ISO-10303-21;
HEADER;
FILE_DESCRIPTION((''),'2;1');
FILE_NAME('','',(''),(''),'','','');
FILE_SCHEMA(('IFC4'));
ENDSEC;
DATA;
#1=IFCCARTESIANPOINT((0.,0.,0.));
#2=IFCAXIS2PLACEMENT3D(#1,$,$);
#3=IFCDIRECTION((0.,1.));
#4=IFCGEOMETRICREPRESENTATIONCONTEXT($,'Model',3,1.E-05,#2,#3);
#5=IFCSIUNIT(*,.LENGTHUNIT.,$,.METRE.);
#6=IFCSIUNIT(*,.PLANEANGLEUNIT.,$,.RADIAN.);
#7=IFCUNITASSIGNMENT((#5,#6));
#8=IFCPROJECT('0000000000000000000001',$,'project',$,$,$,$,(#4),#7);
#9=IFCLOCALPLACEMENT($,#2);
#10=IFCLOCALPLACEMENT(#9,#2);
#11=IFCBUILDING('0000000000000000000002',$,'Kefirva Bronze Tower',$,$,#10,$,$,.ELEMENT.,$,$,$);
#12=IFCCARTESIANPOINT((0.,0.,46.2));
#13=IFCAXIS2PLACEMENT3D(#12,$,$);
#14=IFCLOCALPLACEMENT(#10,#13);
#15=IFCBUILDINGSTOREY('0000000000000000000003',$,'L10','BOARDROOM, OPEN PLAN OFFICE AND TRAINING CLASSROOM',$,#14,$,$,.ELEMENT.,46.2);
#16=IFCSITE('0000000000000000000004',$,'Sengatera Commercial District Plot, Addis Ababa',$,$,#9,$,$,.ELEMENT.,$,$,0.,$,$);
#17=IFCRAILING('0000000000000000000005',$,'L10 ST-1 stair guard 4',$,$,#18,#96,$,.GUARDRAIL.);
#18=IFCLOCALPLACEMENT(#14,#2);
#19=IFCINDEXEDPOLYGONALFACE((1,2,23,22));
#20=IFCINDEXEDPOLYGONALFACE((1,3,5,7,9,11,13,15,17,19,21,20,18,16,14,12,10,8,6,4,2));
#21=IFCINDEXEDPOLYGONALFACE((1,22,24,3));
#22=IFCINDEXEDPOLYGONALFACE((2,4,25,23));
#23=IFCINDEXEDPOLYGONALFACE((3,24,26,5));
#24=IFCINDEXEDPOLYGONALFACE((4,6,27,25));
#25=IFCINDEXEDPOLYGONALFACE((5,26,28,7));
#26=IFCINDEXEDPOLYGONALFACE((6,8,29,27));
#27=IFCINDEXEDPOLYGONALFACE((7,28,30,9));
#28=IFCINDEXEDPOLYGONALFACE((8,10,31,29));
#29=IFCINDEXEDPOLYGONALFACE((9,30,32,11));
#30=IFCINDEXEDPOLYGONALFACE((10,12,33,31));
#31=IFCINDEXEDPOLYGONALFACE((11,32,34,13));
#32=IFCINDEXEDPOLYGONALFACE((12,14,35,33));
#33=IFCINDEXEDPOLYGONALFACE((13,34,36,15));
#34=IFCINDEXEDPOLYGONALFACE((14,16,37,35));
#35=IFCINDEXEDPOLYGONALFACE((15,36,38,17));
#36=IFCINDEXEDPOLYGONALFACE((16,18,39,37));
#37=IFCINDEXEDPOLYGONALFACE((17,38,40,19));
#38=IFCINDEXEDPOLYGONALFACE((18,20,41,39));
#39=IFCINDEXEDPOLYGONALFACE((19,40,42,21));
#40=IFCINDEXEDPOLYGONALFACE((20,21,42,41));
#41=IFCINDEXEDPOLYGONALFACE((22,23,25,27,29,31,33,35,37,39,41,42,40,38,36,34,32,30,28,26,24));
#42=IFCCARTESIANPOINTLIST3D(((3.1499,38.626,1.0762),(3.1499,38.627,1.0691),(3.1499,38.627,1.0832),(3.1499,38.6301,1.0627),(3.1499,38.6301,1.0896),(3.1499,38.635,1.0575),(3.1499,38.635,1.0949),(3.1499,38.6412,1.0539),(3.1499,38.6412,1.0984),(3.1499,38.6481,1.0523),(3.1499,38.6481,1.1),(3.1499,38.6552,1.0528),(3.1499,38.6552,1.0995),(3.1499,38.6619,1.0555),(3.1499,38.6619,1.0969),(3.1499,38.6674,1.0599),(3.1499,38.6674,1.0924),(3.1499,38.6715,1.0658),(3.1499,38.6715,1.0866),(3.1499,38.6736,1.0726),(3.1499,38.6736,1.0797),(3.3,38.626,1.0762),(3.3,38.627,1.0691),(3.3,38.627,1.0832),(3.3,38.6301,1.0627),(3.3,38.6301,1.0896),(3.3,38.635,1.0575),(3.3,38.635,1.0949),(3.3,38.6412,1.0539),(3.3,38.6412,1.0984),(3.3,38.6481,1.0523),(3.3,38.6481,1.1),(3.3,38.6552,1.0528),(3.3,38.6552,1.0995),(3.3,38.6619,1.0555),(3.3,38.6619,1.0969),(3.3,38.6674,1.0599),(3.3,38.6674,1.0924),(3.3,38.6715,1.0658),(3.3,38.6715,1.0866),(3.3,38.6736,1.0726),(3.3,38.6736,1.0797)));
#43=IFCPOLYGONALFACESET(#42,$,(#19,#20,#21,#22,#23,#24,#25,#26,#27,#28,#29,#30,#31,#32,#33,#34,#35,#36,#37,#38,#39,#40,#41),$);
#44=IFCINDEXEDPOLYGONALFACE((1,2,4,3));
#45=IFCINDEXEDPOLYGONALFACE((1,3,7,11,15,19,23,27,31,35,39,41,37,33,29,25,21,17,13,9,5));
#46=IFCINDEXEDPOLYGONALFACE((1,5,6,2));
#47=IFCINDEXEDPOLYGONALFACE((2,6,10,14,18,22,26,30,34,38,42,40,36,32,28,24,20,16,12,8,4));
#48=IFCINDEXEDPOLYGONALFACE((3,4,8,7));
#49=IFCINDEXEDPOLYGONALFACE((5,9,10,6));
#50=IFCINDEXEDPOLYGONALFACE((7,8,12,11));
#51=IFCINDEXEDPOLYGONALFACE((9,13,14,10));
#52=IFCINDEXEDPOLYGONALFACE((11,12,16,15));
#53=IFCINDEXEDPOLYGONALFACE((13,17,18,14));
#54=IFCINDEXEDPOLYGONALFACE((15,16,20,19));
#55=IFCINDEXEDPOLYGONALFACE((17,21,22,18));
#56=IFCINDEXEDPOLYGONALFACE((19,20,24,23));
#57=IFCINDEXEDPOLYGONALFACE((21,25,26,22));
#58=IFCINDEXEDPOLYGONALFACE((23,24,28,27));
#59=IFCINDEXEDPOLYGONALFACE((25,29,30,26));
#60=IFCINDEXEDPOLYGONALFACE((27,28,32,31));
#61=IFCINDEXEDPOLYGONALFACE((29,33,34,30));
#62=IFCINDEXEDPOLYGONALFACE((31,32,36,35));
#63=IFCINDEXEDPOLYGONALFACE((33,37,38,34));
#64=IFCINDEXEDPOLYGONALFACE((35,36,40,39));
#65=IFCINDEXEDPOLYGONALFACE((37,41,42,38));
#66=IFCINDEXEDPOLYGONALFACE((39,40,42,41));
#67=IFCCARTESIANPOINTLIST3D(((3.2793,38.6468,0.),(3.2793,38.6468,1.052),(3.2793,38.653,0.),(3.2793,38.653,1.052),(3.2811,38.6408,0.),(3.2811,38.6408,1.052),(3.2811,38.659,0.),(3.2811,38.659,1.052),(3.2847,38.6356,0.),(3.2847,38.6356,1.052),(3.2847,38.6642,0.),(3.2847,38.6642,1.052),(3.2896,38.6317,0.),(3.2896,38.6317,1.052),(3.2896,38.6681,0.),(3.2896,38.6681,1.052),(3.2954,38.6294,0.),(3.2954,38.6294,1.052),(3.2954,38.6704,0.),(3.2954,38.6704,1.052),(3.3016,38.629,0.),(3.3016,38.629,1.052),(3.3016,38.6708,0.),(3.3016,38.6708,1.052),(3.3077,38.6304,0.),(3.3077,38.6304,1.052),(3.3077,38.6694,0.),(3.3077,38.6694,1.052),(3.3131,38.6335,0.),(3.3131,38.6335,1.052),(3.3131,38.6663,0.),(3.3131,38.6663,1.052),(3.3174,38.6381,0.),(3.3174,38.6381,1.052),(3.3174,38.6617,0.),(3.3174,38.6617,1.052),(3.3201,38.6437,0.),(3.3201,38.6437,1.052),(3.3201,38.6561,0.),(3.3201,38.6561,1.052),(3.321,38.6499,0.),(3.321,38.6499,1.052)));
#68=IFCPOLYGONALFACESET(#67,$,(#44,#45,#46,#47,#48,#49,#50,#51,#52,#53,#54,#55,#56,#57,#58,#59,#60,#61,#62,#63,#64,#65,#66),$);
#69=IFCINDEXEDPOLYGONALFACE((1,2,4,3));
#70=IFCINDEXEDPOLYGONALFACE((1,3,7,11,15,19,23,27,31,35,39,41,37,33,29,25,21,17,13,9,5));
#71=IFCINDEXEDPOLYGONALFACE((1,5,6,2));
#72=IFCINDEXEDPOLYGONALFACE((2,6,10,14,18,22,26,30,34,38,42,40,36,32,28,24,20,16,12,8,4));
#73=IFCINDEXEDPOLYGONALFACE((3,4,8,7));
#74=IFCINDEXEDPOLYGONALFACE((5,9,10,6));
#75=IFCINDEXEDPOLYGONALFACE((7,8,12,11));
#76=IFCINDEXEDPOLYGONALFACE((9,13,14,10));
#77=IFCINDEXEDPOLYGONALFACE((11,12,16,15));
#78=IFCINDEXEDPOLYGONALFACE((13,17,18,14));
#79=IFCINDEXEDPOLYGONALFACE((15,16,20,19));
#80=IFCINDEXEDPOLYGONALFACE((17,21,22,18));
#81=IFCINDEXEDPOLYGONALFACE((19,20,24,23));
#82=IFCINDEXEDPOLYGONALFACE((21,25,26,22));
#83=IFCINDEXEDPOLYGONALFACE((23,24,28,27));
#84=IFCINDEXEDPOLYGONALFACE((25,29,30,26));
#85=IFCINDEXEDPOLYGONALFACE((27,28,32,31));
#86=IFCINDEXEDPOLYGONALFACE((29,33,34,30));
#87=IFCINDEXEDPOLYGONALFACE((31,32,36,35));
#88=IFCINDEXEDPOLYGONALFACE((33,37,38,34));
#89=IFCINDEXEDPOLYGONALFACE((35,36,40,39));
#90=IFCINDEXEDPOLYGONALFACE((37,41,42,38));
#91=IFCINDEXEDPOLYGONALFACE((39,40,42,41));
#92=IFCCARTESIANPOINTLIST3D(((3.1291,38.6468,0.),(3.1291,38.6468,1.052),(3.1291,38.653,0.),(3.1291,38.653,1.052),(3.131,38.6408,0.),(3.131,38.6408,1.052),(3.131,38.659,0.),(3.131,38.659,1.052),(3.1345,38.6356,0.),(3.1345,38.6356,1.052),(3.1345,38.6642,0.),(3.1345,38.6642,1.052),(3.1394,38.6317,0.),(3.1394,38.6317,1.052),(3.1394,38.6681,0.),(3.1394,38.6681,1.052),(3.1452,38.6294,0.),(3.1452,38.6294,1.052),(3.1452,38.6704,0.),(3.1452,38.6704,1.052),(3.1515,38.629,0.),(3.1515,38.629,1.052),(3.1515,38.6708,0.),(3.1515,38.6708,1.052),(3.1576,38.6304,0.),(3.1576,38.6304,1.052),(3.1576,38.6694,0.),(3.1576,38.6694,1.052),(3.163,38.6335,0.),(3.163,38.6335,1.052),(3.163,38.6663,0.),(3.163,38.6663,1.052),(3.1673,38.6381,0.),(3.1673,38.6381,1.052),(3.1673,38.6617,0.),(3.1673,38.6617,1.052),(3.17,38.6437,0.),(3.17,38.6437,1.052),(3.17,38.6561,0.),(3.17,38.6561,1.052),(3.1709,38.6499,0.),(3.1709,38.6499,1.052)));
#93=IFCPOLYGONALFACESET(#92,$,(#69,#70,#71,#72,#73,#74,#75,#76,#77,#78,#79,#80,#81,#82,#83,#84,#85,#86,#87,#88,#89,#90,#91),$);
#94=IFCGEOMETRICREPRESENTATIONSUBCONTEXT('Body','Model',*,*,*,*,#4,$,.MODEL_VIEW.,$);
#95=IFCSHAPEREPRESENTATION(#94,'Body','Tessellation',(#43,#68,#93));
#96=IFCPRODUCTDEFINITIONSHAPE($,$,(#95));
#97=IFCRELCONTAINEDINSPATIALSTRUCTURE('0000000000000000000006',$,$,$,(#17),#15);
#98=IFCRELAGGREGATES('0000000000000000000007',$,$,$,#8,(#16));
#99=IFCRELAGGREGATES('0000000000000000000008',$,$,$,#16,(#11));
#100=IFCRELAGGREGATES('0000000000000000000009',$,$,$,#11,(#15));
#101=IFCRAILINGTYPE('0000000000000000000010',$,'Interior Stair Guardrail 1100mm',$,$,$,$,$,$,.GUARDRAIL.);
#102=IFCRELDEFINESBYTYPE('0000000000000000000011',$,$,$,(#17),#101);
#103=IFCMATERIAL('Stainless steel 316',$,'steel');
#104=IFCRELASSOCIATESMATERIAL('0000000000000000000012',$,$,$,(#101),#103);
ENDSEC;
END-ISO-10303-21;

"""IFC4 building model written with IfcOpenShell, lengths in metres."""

from ifc_helpers import new_model, si_unit, direction, frame, origin, origin_2d, place, context, subcontext, project, spatial, circle, extrude, material, type_object, element, save


model = new_model("IFC4")

# Units and contexts
model_context = context("Model", 3, precision=1e-05, world=origin(), true_north=direction((0.0, 1.0)))
body_context = subcontext(model_context, "Body", "Model", "MODEL_VIEW")
ifc_project = project(units=[si_unit("LENGTHUNIT", "METRE"), si_unit("PLANEANGLEUNIT", "RADIAN")], contexts=[model_context])

# Site, building, storey
site_placement = place(None, origin())
site = spatial("IfcSite", under=ifc_project, at=site_placement, Name="Sengatera Commercial District Plot, Addis Ababa", CompositionType="ELEMENT", RefElevation=0.0)
building_placement = place(site_placement, origin())
building = spatial("IfcBuilding", under=site, at=building_placement, Name="Kefirva Bronze Tower", CompositionType="ELEMENT")
storey_placement = place(building_placement, frame((0.0, 0.0, 46.2)))
storey = spatial("IfcBuildingStorey", under=building, at=storey_placement, Name="L10", Description="BOARDROOM, OPEN PLAN OFFICE AND TRAINING CLASSROOM", CompositionType="ELEMENT", Elevation=46.2)

# Railing
ifc_material_1 = material(Name="Stainless steel 316", Category="steel")
railing_type_1 = type_object("IfcRailingType", Name="Interior Stair Guardrail 1100mm", PredefinedType="GUARDRAIL", material=ifc_material_1)
railing_1_placement = place(storey_placement, frame((3.3, 38.6499, 0.0)))
element("IfcRailing", 1, at=railing_1_placement, inside=storey, type_object=railing_type_1, Name="L10 ST-1 stair guard 4", PredefinedType="GUARDRAIL", context=body_context, shape_type="SweptSolid", body=[
    extrude(circle(Radius=0.0239, at=origin_2d()), frame((0.0, 0.0, 1.0762), z_axis=(-1.0, 0.0, 0.0), x_axis=(0.0, -1.0, 0.0)), (0.0, 0.0, 1.0), 0.1501),
    extrude(circle(Radius=0.021, at=origin_2d()), origin(), (0.0, 0.0, 1.0), 1.052),
    extrude(circle(Radius=0.021, at=origin_2d()), frame((-0.1501, 0.0, 0.0)), (0.0, 0.0, 1.0), 1.052),
])

save(model, "model.ifc")
